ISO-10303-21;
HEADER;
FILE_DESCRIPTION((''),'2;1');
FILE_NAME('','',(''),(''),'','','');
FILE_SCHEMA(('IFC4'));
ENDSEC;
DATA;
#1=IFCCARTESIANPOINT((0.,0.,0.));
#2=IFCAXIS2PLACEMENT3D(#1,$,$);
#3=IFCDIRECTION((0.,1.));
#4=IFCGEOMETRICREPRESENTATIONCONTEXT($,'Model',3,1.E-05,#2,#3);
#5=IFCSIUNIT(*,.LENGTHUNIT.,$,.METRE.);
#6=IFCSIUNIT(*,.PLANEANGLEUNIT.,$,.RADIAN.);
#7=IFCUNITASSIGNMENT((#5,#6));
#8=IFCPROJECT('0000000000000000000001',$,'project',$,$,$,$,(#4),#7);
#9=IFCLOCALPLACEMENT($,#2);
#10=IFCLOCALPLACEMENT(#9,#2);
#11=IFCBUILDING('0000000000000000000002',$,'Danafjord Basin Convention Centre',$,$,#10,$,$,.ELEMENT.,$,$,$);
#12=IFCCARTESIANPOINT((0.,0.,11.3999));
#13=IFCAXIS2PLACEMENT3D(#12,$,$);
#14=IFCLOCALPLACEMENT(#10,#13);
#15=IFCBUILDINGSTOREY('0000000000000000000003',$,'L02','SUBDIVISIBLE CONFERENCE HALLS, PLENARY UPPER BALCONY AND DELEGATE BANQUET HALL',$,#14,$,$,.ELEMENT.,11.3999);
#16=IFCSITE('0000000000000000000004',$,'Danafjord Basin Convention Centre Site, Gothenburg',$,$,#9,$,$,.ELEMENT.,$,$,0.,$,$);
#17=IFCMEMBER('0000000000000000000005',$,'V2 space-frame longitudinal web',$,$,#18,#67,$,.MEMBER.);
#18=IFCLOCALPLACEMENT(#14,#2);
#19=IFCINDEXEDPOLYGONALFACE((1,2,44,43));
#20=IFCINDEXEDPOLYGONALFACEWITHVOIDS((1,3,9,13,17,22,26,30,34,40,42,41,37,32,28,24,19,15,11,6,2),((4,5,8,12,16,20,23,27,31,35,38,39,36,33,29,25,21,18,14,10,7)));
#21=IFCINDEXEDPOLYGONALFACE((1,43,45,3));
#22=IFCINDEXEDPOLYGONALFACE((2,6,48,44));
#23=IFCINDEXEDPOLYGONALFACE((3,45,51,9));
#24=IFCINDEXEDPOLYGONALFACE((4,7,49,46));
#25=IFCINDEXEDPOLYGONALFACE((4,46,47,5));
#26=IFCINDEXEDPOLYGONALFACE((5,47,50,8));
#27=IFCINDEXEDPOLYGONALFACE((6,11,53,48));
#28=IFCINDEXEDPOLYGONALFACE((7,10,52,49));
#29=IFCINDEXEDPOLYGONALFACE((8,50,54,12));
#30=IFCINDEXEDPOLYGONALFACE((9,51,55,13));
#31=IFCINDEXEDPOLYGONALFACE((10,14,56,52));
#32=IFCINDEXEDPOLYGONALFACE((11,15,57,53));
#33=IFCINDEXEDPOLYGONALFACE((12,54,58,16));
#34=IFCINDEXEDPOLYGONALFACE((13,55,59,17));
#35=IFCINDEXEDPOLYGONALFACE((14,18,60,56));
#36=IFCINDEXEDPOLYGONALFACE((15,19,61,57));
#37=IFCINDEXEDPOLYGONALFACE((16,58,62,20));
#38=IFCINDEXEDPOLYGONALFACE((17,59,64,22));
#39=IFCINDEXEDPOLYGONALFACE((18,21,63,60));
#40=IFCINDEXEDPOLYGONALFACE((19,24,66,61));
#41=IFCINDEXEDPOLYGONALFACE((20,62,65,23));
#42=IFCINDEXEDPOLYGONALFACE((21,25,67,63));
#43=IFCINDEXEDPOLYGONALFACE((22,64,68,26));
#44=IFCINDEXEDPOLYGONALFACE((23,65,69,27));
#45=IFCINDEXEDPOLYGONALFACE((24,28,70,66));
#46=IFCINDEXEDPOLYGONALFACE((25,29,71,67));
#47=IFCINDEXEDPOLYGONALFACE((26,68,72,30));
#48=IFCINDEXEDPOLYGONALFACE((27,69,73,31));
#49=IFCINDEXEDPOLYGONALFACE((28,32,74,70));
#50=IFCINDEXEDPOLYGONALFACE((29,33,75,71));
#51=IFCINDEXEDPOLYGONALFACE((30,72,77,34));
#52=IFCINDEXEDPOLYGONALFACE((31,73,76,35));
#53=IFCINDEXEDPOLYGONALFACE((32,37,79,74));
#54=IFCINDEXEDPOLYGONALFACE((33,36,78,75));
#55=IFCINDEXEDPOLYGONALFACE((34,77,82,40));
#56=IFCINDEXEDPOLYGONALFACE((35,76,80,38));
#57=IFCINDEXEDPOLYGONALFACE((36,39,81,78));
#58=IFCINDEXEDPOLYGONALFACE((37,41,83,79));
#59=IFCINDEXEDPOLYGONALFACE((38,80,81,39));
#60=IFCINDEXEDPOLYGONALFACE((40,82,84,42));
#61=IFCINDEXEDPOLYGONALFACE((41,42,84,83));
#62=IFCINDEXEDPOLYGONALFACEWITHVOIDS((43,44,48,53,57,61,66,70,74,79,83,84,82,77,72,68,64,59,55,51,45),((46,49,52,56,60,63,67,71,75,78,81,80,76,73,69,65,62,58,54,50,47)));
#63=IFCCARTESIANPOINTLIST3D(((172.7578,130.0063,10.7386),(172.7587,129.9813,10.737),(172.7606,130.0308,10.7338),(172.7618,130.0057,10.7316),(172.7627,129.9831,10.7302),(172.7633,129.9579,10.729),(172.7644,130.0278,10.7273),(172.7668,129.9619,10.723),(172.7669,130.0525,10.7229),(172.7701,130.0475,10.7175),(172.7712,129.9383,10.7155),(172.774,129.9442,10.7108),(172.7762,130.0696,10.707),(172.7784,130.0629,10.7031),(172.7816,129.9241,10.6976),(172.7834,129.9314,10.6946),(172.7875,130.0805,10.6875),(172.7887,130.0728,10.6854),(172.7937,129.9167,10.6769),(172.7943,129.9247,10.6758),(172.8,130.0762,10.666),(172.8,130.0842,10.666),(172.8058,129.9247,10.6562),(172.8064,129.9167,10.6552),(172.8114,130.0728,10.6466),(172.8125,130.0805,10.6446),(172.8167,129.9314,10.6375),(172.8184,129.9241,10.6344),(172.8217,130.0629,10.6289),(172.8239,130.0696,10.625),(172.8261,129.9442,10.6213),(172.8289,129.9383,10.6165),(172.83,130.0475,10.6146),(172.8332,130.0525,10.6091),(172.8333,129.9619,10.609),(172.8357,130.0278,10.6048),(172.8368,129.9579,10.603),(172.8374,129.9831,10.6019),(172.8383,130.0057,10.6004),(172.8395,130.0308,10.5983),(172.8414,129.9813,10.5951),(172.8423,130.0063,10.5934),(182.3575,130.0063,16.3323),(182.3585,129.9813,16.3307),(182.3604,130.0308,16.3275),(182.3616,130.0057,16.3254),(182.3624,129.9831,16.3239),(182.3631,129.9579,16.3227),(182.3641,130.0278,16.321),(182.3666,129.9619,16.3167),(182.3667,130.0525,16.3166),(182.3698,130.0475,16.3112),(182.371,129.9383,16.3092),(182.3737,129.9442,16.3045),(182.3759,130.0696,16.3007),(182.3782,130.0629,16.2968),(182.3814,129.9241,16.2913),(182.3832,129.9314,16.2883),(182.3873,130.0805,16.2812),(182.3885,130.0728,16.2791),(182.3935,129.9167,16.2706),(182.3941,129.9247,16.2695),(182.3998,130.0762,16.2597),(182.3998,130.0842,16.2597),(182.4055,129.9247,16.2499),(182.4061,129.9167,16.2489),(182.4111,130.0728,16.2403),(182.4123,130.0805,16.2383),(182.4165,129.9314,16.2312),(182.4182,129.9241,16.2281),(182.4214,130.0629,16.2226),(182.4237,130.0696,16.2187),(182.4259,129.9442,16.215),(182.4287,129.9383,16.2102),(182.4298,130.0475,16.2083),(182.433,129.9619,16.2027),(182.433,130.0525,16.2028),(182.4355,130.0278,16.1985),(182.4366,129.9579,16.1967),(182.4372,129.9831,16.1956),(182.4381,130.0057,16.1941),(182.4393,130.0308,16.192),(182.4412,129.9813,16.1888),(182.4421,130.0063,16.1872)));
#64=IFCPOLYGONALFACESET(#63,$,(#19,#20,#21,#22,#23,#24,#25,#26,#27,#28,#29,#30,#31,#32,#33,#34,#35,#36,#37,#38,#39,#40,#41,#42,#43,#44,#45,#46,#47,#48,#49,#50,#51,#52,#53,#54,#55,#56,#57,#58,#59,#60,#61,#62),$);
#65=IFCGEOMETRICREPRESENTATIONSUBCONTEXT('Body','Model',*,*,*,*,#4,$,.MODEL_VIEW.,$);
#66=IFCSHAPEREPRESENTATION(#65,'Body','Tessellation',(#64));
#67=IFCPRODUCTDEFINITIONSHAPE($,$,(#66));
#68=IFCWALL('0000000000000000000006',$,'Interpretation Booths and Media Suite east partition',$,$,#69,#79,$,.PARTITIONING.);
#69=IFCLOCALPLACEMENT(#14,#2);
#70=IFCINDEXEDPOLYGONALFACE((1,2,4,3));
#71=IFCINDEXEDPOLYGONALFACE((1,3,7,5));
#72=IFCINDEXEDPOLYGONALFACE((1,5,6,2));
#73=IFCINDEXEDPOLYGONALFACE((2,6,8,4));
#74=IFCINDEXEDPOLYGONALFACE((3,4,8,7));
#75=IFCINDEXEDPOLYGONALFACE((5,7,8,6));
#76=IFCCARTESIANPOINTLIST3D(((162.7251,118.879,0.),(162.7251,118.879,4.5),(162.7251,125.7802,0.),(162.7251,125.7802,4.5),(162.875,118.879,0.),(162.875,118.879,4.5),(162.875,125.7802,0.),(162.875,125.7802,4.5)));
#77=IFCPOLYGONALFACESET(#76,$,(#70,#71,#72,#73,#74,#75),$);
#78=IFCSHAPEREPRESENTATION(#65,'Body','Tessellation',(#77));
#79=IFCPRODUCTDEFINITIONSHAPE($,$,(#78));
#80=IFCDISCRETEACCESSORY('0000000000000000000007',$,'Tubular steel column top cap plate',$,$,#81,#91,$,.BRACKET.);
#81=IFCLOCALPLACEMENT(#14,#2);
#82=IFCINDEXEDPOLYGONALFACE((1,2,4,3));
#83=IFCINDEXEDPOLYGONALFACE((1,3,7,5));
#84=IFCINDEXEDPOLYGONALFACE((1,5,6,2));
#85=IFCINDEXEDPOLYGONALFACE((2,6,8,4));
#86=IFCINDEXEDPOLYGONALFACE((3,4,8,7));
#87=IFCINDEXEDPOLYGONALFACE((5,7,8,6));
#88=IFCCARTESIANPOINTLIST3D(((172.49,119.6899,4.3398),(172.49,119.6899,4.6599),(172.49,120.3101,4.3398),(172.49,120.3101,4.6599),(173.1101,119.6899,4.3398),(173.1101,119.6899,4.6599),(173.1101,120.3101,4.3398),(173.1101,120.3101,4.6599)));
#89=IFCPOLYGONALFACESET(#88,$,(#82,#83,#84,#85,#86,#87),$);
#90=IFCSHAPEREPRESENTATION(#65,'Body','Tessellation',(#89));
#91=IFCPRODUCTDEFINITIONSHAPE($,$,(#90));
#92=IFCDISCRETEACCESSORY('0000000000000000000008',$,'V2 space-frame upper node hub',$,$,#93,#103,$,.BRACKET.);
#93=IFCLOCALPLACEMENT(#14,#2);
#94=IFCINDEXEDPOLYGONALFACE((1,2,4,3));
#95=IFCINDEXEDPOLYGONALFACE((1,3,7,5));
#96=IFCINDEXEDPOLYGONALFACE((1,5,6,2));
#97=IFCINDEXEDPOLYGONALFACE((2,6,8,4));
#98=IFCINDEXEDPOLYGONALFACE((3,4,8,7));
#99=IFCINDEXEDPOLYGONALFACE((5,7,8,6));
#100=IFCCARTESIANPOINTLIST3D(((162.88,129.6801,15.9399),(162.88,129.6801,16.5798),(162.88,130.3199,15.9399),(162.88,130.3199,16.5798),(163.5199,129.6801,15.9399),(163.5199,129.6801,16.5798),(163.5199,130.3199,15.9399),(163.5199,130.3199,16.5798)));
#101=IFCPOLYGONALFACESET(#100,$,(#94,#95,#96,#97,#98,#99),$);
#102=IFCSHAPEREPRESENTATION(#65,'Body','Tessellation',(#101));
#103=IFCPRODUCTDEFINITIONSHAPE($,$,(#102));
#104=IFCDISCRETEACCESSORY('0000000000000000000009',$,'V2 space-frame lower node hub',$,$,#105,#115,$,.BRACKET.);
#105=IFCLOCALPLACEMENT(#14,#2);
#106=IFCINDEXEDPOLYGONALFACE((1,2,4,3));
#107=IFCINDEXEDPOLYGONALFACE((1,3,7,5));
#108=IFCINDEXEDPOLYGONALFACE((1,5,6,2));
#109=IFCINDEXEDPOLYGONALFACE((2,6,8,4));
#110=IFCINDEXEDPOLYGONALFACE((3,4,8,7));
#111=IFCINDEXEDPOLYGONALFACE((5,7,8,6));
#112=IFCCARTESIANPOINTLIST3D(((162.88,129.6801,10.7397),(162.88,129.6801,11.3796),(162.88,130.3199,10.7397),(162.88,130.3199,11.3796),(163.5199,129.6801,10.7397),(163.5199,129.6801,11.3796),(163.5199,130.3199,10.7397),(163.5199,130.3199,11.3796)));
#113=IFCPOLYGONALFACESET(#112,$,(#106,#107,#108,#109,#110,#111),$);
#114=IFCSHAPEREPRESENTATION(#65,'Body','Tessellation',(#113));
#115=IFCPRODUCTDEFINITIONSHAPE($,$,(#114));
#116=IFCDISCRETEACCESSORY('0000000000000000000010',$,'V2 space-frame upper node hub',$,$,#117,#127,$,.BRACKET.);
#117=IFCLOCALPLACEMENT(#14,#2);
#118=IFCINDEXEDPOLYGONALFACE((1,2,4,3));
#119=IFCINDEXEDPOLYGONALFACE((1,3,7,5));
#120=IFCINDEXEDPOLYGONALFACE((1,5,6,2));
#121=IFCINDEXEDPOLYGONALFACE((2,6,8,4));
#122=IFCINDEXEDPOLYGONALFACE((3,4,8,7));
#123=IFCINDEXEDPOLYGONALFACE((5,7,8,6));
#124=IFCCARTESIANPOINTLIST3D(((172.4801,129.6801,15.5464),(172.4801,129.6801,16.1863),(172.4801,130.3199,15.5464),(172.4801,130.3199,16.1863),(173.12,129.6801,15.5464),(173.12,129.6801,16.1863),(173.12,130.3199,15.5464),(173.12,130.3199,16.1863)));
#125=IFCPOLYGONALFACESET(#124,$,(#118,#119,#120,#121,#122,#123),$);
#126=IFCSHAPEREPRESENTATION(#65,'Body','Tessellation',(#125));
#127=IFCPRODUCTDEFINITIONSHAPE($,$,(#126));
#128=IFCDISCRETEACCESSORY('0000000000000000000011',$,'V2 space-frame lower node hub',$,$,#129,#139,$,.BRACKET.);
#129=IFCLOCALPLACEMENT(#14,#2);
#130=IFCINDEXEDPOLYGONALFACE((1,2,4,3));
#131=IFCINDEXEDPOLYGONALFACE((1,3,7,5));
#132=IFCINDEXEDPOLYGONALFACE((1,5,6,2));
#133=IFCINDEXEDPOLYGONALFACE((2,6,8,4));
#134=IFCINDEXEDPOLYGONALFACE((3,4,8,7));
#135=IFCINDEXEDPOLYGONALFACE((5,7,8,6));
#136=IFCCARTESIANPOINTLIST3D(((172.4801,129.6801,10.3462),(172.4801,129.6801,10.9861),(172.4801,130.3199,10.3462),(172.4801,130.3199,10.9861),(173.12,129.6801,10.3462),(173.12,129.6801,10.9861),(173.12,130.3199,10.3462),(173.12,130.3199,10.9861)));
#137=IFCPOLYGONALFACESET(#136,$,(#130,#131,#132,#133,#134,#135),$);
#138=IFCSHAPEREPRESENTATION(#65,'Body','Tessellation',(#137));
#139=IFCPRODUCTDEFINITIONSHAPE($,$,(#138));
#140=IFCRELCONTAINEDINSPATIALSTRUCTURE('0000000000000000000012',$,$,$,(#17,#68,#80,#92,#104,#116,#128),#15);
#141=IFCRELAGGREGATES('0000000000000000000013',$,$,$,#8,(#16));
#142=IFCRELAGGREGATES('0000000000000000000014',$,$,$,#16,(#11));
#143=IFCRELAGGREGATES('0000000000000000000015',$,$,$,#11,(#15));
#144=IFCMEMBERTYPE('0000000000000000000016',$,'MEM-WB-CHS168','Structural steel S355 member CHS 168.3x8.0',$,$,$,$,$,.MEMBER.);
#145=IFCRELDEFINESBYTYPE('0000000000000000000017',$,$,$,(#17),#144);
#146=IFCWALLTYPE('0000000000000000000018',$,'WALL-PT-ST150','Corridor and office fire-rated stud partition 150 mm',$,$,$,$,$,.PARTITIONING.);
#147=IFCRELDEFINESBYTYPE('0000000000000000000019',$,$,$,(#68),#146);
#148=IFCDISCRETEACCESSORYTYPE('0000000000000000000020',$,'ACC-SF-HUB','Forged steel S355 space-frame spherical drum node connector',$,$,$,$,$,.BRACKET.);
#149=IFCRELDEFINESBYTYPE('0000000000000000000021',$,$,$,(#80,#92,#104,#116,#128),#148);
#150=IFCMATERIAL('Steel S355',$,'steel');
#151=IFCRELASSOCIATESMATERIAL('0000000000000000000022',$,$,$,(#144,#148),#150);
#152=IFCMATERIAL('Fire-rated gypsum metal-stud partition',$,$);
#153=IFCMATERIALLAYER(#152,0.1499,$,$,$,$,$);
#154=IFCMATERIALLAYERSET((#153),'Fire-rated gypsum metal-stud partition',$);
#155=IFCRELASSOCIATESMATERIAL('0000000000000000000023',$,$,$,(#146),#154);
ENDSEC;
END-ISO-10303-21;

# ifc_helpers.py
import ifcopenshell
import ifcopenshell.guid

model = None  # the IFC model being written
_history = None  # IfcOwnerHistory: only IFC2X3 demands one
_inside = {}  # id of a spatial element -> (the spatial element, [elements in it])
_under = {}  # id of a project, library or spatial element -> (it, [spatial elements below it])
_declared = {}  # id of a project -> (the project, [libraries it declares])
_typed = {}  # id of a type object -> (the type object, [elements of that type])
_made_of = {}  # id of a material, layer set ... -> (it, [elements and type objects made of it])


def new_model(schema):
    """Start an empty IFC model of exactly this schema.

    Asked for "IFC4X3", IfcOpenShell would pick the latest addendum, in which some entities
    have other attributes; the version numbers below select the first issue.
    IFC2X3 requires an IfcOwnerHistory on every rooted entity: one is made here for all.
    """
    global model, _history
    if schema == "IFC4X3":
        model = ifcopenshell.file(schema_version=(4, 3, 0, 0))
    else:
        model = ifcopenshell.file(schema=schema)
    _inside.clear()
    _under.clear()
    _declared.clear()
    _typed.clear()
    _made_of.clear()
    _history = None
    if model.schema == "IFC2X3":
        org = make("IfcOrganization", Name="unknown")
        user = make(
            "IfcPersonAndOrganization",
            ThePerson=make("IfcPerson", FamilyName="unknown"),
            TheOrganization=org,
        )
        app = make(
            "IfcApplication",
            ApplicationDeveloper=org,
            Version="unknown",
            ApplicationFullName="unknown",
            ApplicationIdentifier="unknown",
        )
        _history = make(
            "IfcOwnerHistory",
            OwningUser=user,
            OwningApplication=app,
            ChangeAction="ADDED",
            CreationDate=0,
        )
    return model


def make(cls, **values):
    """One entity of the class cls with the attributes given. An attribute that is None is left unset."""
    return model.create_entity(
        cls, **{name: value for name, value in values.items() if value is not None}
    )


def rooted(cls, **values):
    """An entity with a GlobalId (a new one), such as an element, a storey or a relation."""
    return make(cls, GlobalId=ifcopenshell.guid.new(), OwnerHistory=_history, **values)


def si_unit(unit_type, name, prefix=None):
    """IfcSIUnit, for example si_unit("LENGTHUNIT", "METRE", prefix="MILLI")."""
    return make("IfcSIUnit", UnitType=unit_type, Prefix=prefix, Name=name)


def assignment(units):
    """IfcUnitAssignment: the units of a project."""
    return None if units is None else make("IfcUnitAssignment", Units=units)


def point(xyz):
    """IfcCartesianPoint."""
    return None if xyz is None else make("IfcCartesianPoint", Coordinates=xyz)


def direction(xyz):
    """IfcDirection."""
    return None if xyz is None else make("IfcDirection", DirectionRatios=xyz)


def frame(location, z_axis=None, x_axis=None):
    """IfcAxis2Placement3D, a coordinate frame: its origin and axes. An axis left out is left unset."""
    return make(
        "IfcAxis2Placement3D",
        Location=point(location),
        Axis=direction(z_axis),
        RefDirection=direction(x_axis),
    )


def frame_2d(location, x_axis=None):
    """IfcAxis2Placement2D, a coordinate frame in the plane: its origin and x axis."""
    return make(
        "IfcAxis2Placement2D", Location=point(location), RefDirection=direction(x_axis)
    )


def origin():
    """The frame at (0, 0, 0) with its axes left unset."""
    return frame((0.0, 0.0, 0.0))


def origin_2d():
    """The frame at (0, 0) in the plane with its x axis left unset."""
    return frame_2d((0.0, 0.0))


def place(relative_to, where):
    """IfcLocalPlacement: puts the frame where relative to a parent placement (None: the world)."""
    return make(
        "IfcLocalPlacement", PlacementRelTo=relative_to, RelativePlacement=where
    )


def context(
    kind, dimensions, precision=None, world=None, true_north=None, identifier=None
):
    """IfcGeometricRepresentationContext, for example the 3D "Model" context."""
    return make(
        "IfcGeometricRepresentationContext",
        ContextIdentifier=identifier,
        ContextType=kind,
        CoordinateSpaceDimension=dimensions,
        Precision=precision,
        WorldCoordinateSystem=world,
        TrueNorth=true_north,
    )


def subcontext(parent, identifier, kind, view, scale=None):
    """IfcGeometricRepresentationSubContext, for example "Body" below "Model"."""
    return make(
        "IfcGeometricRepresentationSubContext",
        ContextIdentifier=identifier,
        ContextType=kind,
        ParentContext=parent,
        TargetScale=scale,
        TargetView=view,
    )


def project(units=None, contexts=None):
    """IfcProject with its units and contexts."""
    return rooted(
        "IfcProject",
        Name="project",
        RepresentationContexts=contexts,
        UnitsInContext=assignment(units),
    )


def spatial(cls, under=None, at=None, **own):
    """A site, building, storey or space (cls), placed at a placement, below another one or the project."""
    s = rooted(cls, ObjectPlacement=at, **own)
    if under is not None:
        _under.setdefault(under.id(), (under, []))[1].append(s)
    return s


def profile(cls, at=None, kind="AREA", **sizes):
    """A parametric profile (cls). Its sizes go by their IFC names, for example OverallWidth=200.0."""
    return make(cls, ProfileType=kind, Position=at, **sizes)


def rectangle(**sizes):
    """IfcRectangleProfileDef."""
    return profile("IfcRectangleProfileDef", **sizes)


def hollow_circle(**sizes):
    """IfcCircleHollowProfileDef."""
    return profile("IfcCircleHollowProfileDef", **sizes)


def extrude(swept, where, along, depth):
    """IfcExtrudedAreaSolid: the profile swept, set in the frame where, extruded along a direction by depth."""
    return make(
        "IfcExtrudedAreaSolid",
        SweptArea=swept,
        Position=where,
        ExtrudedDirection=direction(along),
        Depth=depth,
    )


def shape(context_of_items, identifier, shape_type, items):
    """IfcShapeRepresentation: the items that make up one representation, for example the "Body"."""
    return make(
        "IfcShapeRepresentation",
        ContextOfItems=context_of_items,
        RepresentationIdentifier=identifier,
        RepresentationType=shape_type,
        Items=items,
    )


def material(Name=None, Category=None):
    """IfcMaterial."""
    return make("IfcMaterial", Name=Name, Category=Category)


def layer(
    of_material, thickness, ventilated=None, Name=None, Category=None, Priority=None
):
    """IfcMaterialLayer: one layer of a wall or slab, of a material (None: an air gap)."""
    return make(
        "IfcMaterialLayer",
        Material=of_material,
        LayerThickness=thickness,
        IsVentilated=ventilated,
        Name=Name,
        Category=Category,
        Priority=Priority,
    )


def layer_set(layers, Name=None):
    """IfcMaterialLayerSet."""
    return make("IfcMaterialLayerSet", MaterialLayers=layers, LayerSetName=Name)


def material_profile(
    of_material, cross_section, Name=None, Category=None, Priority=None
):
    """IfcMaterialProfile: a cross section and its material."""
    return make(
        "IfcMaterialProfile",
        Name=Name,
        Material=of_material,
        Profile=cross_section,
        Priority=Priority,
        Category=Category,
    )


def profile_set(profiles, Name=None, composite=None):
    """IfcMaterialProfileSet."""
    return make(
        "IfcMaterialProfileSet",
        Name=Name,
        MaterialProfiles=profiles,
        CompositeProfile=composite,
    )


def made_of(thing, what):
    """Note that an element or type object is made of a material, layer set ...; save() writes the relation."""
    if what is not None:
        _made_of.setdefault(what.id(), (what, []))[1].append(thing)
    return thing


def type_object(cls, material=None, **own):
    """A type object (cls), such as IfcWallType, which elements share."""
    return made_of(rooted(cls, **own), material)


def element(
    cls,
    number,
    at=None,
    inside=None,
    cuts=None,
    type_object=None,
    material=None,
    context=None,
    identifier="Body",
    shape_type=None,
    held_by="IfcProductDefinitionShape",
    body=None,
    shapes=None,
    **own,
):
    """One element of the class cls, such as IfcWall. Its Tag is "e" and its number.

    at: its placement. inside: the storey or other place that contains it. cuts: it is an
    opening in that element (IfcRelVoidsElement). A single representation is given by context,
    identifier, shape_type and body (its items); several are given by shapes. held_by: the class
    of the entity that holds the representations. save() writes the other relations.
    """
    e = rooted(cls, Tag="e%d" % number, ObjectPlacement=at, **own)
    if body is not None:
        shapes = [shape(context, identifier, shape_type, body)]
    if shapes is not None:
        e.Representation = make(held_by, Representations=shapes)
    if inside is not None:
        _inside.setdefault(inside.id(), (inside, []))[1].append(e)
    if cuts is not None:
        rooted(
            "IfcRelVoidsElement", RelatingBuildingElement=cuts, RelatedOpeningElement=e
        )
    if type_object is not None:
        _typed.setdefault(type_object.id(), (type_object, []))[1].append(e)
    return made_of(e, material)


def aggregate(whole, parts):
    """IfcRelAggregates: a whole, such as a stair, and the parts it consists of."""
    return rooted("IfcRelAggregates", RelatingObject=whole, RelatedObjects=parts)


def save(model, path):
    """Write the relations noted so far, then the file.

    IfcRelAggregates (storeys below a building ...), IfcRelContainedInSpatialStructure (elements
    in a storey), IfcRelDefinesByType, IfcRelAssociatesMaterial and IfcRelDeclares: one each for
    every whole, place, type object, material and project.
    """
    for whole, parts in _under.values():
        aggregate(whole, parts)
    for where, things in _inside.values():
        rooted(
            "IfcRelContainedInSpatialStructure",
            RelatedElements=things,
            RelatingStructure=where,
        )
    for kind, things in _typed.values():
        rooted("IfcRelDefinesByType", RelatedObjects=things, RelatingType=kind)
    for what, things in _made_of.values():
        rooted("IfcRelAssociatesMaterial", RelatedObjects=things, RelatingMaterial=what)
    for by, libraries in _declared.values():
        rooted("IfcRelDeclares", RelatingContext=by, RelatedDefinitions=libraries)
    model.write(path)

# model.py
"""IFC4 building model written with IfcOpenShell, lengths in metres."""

from ifc_helpers import new_model, si_unit, direction, frame, frame_2d, origin, origin_2d, place, context, subcontext, project, spatial, rectangle, hollow_circle, extrude, material, layer, layer_set, material_profile, profile_set, type_object, element, save


model = new_model("IFC4")

# Units and contexts
model_context = context("Model", 3, precision=1e-05, world=origin(), true_north=direction((0.0, 1.0)))
body_context = subcontext(model_context, "Body", "Model", "MODEL_VIEW")
ifc_project = project(units=[si_unit("LENGTHUNIT", "METRE"), si_unit("PLANEANGLEUNIT", "RADIAN")], contexts=[model_context])

# Site, building, storey
site_placement = place(None, origin())
site = spatial("IfcSite", under=ifc_project, at=site_placement, Name="Danafjord Basin Convention Centre Site, Gothenburg", CompositionType="ELEMENT", RefElevation=0.0)
building_placement = place(site_placement, origin())
building = spatial("IfcBuilding", under=site, at=building_placement, Name="Danafjord Basin Convention Centre", CompositionType="ELEMENT")
storey_placement = place(building_placement, frame((0.0, 0.0, 11.3999)))
storey = spatial("IfcBuildingStorey", under=building, at=storey_placement, Name="L02", Description="SUBDIVISIBLE CONFERENCE HALLS, PLENARY UPPER BALCONY AND DELEGATE BANQUET HALL", CompositionType="ELEMENT", Elevation=11.3999)

# Shared definitions
ifc_material_1 = material(Name="Steel S355", Category="steel")

# Member
ifc_material_profile_1 = material_profile(ifc_material_1, hollow_circle(Radius=0.0842, WallThickness=0.0081, at=origin_2d()), Name="CHS 168.3x8.0")
ifc_profile_set_1 = profile_set([ifc_material_profile_1], Name="Steel S355")
member_type_1 = type_object("IfcMemberType", Name="MEM-WB-CHS168", Description="Structural steel S355 member CHS 168.3x8.0", PredefinedType="MEMBER", material=ifc_profile_set_1)
member_1_placement = place(storey_placement, frame((172.8, 130.0, 10.666), z_axis=(0.86402, 0.0, 0.503457), x_axis=(0.0, 1.0, 0.0)))
element("IfcMember", 1, at=member_1_placement, inside=storey, type_object=member_type_1, Name="V2 space-frame longitudinal web", PredefinedType="MEMBER", context=body_context, shape_type="SweptSolid", body=[
    extrude(hollow_circle(Radius=0.0842, WallThickness=0.0081, at=origin_2d()), origin(), (0.0, 0.0, 1.0), 11.1106),
])

# Wall
ifc_material_2 = material(Name="Fire-rated gypsum metal-stud partition")
ifc_layer = layer(ifc_material_2, 0.1499)
ifc_layer_set = layer_set([ifc_layer], Name="Fire-rated gypsum metal-stud partition")
wall_type = type_object("IfcWallType", Name="WALL-PT-ST150", Description="Corridor and office fire-rated stud partition 150 mm", PredefinedType="PARTITIONING", material=ifc_layer_set)
wall_placement = place(storey_placement, frame((162.8, 118.8789, 0.0), z_axis=(0.0, 0.0, 1.0), x_axis=(0.0, 1.0, 0.0)))
element("IfcWall", 2, at=wall_placement, inside=storey, type_object=wall_type, Name="Interpretation Booths and Media Suite east partition", PredefinedType="PARTITIONING", context=body_context, shape_type="SweptSolid", body=[
    extrude(rectangle(XDim=6.9011, YDim=0.1499, at=frame_2d((3.4507, 0.0))), origin(), (0.0, 0.0, 1.0), 4.5),
])

# Discrete accessories
discrete_accessory_type = type_object("IfcDiscreteAccessoryType", Name="ACC-SF-HUB", Description="Forged steel S355 space-frame spherical drum node connector", PredefinedType="BRACKET", material=ifc_material_1)
discrete_accessory_placement = place(storey_placement, frame((172.8, 120.0, 4.3398), z_axis=(0.0, 0.0, 1.0), x_axis=(1.0, 0.0, 0.0)))
element("IfcDiscreteAccessory", 3, at=discrete_accessory_placement, inside=storey, type_object=discrete_accessory_type, Name="Tubular steel column top cap plate", PredefinedType="BRACKET", context=body_context, shape_type="SweptSolid", body=[
    extrude(rectangle(XDim=0.6201, YDim=0.6201, at=origin_2d()), origin(), (0.0, 0.0, 1.0), 0.3201),
])
for number, where, z_axis, x_axis, name in (
    (4, (163.2, 130.0, 15.9399), (0.0, 0.0, 1.0), (1.0, 0.0, 0.0), "V2 space-frame upper node hub"),
    (5, (163.2, 130.0, 10.7397), (0.0, 0.0, 1.0), (1.0, 0.0, 0.0), "V2 space-frame lower node hub"),
    (6, (172.8, 130.0, 15.5464), (0.0, 0.0, 1.0), (1.0, 0.0, 0.0), "V2 space-frame upper node hub"),
    (7, (172.8, 130.0, 10.3462), (0.0, 0.0, 1.0), (1.0, 0.0, 0.0), "V2 space-frame lower node hub"),
):
    element("IfcDiscreteAccessory", number, at=place(storey_placement, frame(where, z_axis=z_axis, x_axis=x_axis)), inside=storey, type_object=discrete_accessory_type, Name=name, PredefinedType="BRACKET", context=body_context, shape_type="SweptSolid", body=[
        extrude(rectangle(XDim=0.6399, YDim=0.6399, at=origin_2d()), origin(), (0.0, 0.0, 1.0), 0.6399),
    ])

save(model, "model.ifc")
